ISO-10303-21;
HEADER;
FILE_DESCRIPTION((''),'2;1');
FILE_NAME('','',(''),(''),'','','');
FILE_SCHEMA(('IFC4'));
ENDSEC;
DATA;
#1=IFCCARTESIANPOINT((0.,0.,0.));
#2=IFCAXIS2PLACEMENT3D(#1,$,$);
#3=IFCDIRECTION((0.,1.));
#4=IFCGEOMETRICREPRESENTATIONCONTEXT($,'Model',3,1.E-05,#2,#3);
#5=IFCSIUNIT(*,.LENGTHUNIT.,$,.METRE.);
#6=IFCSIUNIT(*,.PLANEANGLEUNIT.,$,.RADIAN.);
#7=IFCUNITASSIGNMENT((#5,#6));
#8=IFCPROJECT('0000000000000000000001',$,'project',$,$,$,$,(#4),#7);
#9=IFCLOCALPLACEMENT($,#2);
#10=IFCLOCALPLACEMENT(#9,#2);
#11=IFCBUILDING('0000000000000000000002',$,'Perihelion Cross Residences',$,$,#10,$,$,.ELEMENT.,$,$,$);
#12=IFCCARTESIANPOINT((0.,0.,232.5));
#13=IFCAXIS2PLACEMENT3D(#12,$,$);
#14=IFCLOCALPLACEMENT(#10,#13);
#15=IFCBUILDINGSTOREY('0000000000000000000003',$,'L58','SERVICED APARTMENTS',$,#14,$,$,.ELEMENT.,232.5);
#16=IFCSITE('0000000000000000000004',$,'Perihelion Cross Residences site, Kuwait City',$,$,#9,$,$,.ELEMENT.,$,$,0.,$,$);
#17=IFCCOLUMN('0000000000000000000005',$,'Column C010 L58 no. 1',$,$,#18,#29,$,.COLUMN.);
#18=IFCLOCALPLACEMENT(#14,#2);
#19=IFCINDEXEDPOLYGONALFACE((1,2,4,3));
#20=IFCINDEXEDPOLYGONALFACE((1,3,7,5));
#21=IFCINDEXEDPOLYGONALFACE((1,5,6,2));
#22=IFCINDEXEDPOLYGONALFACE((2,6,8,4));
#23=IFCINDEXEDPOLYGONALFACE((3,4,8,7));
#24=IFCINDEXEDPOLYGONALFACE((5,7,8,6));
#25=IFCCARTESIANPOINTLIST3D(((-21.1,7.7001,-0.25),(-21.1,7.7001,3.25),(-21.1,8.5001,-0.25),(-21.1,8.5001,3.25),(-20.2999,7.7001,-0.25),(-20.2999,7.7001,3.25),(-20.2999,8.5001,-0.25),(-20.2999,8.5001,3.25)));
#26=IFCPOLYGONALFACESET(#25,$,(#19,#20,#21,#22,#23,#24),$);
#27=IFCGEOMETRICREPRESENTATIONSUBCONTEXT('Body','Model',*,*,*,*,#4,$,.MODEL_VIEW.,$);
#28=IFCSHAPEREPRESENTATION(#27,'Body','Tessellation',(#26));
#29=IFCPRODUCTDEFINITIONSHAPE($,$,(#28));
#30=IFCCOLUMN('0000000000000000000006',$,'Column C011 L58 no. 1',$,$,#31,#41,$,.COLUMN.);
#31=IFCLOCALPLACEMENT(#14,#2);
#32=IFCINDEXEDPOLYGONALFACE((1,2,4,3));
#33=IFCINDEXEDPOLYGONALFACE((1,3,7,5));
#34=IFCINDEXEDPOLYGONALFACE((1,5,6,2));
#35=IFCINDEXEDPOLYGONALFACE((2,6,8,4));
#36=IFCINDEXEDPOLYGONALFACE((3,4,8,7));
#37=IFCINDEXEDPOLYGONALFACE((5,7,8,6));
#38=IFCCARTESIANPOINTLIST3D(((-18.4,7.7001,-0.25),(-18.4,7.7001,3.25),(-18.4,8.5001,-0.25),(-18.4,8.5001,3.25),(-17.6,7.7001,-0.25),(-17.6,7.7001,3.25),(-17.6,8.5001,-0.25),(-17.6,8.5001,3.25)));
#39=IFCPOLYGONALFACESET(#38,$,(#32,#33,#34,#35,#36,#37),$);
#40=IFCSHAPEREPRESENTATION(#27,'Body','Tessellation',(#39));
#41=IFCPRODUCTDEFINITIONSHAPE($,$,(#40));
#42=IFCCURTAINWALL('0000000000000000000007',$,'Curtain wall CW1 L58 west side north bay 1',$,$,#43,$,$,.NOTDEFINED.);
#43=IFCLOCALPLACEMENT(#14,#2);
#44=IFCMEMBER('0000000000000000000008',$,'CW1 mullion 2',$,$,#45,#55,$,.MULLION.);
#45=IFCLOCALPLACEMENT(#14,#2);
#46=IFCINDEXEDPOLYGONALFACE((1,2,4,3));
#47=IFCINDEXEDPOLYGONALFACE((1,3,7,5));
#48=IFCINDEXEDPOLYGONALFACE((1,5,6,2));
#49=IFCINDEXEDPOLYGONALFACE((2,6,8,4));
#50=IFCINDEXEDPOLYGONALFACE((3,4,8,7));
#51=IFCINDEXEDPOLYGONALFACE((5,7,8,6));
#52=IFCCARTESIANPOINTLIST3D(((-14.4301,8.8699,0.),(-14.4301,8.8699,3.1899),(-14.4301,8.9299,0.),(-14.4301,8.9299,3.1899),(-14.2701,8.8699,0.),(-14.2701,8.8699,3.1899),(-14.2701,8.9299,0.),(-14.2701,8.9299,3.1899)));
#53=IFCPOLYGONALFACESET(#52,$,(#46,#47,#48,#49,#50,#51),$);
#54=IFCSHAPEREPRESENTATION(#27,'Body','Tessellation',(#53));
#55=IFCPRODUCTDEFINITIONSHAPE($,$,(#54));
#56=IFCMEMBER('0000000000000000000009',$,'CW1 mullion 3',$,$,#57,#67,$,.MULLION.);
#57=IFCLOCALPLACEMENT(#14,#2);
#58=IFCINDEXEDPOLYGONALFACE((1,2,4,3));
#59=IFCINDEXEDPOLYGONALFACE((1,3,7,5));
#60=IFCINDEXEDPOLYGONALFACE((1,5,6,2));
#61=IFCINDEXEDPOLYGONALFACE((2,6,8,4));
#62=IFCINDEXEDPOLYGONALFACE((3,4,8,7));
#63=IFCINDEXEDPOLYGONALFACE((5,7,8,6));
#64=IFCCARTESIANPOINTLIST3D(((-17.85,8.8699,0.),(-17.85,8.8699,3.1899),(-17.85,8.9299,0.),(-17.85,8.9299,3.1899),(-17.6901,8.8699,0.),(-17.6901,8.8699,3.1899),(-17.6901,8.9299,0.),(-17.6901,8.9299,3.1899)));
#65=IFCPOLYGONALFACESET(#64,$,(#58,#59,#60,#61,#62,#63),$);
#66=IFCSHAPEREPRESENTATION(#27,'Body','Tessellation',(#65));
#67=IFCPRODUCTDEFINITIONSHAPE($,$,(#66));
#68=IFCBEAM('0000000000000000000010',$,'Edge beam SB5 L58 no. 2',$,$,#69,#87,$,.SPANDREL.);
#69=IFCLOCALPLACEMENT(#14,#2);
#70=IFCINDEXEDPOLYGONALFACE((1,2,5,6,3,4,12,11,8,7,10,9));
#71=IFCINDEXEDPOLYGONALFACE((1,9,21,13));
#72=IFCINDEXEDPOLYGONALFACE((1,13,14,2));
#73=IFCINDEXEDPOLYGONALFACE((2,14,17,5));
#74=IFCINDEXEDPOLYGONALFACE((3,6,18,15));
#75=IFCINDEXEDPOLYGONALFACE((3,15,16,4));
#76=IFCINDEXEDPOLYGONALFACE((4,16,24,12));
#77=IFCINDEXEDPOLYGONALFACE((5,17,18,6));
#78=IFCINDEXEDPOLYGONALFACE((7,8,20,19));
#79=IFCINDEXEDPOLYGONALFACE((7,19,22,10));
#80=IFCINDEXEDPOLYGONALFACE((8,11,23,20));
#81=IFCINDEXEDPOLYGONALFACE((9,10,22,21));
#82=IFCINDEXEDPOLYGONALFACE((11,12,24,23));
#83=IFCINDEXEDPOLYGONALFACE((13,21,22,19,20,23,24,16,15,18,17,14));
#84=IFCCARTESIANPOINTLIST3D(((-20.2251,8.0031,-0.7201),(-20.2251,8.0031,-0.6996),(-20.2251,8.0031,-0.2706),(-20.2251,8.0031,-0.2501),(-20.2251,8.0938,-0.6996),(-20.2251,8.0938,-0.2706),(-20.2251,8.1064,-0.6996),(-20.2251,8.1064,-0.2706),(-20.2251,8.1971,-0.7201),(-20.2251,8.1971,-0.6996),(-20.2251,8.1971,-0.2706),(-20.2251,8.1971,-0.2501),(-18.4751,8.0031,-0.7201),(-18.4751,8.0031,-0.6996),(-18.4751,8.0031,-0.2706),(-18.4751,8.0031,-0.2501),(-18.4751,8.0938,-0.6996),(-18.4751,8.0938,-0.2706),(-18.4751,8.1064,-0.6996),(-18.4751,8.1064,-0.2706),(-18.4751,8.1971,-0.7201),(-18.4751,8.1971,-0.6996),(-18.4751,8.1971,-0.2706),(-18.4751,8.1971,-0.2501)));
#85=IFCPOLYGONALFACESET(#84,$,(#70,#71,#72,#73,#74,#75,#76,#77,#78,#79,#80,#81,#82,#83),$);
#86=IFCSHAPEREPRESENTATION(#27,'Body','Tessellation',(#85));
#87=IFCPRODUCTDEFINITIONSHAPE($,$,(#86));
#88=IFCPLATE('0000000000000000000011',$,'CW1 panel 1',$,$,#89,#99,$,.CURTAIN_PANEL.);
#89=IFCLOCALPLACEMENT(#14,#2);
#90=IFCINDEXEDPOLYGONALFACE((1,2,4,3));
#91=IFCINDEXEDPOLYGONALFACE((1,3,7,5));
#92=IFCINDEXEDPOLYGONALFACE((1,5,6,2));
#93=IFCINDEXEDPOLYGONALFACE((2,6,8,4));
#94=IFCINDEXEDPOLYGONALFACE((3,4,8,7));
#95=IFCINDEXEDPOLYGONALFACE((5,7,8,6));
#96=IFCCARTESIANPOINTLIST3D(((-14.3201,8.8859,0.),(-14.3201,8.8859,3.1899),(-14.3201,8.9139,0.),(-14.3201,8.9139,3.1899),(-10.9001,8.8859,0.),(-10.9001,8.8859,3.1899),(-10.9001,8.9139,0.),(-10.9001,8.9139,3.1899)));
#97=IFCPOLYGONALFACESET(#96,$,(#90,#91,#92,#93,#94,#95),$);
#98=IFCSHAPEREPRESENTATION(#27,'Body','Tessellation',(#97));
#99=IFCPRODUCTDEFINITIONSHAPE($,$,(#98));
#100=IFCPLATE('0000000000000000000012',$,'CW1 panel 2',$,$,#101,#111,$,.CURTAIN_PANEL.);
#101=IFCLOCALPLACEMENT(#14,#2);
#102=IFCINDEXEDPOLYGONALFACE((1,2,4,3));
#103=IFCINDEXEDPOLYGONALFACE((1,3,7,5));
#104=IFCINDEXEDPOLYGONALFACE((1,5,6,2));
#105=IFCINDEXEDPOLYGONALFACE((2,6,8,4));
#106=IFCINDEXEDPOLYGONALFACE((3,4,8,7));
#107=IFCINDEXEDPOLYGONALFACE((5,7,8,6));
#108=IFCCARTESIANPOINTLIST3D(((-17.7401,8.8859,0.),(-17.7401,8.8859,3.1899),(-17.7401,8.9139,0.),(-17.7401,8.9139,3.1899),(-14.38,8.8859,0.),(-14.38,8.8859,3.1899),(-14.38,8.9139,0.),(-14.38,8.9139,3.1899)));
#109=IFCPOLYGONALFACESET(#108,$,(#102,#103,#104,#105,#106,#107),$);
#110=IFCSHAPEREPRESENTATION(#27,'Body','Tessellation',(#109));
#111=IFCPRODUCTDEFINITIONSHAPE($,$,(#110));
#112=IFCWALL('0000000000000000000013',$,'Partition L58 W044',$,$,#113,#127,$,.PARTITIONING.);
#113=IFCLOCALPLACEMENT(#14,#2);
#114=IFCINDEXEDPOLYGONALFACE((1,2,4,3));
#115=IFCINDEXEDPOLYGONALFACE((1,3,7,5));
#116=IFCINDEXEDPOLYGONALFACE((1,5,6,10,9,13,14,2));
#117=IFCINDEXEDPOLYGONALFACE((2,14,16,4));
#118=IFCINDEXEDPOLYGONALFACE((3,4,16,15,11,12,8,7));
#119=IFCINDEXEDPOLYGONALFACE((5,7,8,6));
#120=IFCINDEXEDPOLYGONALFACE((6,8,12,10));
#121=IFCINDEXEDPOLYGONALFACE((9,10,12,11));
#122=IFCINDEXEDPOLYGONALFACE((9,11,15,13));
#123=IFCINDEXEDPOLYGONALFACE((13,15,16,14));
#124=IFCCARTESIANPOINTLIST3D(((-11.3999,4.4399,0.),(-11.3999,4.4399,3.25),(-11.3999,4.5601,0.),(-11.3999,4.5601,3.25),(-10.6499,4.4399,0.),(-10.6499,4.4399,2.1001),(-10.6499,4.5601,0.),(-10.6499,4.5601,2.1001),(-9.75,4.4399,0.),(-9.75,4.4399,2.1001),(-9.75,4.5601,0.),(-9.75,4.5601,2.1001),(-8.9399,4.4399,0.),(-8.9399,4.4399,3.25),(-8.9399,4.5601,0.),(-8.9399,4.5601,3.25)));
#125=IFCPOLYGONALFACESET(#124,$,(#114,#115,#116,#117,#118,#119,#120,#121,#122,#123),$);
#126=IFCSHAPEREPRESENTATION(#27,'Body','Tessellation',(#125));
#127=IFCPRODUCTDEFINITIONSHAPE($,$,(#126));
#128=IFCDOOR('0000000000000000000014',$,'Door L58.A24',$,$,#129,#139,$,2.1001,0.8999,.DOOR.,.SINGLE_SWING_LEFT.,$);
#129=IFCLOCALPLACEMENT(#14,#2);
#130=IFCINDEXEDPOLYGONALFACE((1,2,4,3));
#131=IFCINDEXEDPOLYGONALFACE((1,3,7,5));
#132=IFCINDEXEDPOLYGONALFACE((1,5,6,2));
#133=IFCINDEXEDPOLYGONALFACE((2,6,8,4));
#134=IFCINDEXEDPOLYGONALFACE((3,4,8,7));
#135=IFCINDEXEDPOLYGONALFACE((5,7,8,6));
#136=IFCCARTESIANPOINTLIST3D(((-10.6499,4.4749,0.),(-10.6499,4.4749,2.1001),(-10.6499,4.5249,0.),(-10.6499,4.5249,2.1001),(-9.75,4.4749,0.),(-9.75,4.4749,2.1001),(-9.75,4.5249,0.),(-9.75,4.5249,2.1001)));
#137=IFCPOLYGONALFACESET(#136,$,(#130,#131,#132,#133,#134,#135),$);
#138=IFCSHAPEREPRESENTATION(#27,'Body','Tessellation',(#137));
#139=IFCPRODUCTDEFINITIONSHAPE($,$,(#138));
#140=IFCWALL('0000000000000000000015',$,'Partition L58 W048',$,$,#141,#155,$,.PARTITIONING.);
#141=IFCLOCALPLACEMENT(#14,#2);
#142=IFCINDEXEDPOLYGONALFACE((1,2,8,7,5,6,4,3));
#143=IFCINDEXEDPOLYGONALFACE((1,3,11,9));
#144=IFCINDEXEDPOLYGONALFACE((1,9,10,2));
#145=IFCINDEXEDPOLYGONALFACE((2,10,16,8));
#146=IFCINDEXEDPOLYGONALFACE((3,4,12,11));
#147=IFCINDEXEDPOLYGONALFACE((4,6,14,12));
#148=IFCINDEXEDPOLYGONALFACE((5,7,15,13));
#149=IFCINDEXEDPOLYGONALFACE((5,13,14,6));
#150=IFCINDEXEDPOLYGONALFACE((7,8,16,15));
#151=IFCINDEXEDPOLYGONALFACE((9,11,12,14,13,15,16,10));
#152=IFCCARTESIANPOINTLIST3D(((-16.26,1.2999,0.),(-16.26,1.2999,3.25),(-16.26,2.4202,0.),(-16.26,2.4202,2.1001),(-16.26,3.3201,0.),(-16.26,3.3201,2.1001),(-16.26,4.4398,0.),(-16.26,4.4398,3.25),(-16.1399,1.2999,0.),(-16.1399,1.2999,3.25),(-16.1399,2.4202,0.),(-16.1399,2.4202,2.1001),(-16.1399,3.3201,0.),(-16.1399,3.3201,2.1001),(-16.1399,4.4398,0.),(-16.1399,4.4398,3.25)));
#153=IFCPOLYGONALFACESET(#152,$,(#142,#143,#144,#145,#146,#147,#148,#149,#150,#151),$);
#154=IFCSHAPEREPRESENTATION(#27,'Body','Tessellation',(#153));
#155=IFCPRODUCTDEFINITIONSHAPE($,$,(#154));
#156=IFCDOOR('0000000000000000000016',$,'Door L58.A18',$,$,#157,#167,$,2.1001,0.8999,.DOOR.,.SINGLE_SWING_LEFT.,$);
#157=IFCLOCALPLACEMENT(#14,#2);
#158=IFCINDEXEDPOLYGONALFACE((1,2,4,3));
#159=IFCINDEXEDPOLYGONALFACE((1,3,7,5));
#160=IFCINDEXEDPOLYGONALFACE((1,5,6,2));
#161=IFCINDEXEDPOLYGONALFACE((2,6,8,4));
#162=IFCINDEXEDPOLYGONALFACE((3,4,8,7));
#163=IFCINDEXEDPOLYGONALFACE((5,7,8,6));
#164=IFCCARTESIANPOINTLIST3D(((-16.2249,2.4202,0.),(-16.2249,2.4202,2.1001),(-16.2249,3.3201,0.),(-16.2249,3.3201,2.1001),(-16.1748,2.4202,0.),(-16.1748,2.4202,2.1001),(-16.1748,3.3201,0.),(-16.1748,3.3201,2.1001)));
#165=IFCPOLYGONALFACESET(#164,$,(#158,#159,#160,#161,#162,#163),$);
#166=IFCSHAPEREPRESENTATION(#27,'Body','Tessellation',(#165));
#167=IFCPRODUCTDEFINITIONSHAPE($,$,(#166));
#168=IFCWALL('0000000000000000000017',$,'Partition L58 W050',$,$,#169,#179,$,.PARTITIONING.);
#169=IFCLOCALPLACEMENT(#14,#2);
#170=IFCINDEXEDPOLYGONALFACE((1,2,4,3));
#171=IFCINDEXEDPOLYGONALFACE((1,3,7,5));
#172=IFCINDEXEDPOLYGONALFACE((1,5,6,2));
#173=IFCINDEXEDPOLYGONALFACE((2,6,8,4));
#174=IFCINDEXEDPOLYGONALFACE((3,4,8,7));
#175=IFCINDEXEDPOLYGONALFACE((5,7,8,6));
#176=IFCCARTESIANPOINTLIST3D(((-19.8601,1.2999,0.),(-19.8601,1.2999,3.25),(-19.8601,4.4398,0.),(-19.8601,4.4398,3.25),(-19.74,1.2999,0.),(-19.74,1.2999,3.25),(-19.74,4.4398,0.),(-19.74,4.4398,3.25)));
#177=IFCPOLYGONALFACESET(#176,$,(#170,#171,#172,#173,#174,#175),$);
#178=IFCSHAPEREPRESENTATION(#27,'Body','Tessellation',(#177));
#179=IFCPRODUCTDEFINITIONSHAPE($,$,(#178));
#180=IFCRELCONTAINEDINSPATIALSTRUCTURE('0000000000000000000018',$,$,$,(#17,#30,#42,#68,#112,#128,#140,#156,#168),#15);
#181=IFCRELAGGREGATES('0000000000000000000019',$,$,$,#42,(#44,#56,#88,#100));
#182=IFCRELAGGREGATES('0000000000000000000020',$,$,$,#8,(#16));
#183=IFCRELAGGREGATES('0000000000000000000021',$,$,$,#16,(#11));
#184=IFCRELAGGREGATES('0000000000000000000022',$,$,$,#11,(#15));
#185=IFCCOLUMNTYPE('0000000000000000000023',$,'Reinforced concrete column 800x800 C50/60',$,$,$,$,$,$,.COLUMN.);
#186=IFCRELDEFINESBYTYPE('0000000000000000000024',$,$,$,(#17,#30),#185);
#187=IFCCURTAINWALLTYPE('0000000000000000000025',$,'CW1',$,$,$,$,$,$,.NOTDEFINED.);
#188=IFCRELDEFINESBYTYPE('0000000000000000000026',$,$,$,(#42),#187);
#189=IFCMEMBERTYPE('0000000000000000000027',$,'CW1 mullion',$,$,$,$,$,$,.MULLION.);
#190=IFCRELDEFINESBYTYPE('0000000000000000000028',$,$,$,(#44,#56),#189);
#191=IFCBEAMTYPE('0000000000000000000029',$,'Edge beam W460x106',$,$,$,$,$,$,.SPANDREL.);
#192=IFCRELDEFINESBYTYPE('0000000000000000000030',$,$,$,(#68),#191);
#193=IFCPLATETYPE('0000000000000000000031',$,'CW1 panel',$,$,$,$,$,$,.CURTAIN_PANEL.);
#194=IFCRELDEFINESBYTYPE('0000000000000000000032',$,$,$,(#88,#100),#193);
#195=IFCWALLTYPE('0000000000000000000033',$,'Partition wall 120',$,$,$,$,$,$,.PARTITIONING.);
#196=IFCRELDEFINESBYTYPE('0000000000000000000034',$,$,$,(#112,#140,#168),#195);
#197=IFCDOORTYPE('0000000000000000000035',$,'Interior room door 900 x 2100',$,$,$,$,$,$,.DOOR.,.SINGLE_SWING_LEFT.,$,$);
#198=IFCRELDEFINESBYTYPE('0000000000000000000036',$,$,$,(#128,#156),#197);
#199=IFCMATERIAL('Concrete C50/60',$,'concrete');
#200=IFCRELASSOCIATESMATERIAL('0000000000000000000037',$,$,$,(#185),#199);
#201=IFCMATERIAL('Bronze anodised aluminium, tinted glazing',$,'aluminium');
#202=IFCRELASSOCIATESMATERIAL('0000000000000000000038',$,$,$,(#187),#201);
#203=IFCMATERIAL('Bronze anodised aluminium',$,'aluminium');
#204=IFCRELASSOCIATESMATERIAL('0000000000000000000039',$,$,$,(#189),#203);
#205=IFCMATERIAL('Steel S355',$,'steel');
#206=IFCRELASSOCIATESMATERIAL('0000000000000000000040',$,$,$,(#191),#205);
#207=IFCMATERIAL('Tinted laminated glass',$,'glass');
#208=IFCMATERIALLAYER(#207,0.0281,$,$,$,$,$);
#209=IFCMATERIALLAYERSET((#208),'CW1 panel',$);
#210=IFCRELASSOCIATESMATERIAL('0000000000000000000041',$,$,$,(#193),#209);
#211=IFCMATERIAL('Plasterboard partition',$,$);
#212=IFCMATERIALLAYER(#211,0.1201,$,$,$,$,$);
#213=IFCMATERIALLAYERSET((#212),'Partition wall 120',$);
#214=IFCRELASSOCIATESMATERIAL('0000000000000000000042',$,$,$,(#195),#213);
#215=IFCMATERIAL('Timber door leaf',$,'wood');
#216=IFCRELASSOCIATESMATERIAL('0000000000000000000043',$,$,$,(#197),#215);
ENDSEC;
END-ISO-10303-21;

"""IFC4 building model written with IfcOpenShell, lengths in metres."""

from ifc_helpers import new_model, si_unit, direction, frame, frame_2d, origin, origin_2d, place, context, subcontext, project, spatial, rectangle, i_section, extrude, material, layer, layer_set, material_profile, profile_set, type_object, element, fill, aggregate, save


model = new_model("IFC4")

# Units and contexts
model_context = context("Model", 3, precision=1e-05, world=origin(), true_north=direction((0.0, 1.0)))
body_context = subcontext(model_context, "Body", "Model", "MODEL_VIEW")
ifc_project = project(units=[si_unit("LENGTHUNIT", "METRE"), si_unit("PLANEANGLEUNIT", "RADIAN")], contexts=[model_context])

# Site, building, storey
site_placement = place(None, origin())
site = spatial("IfcSite", under=ifc_project, at=site_placement, Name="Perihelion Cross Residences site, Kuwait City", CompositionType="ELEMENT", RefElevation=0.0)
building_placement = place(site_placement, origin())
building = spatial("IfcBuilding", under=site, at=building_placement, Name="Perihelion Cross Residences", CompositionType="ELEMENT")
storey_placement = place(building_placement, frame((0.0, 0.0, 232.5)))
storey = spatial("IfcBuildingStorey", under=building, at=storey_placement, Name="L58", Description="SERVICED APARTMENTS", CompositionType="ELEMENT", Elevation=232.5)

# Columns
ifc_material_1 = material(Name="Concrete C50/60", Category="concrete")
ifc_material_profile_1 = material_profile(ifc_material_1, rectangle(XDim=0.8, YDim=0.8, at=origin_2d()), Name="RC 800x800")
ifc_profile_set_1 = profile_set([ifc_material_profile_1], Name="Concrete C50/60")
column_type = type_object("IfcColumnType", Name="Reinforced concrete column 800x800 C50/60", PredefinedType="COLUMN", material=ifc_profile_set_1)
for number, where, z_axis, x_axis, name in (
    (1, (-20.7, 8.1001, -0.25), (0.0, 0.0, 1.0), (1.0, 0.0, 0.0), "Column C010 L58 no. 1"),
    (2, (-18.0, 8.1001, -0.25), (0.0, 0.0, 1.0), (1.0, 0.0, 0.0), "Column C011 L58 no. 1"),
):
    element("IfcColumn", number, at=place(storey_placement, frame(where, z_axis=z_axis, x_axis=x_axis)), inside=storey, type_object=column_type, Name=name, PredefinedType="COLUMN", context=body_context, shape_type="SweptSolid", body=[
        extrude(rectangle(XDim=0.8, YDim=0.8, at=origin_2d()), origin(), (0.0, 0.0, 1.0), 3.5),
    ])

# Curtain wall, members
ifc_material_2 = material(Name="Bronze anodised aluminium, tinted glazing", Category="aluminium")
curtain_wall_type = type_object("IfcCurtainWallType", Name="CW1", PredefinedType="NOTDEFINED", material=ifc_material_2)
curtain_wall_placement = place(storey_placement, origin())
curtain_wall = element("IfcCurtainWall", 3, at=curtain_wall_placement, inside=storey, type_object=curtain_wall_type, Name="Curtain wall CW1 L58 west side north bay 1", PredefinedType="NOTDEFINED")
ifc_material_3 = material(Name="Bronze anodised aluminium", Category="aluminium")
ifc_material_profile_2 = material_profile(ifc_material_3, rectangle(XDim=0.0601, YDim=0.1599, at=origin_2d()), Name="CW1 mullion")
ifc_profile_set_2 = profile_set([ifc_material_profile_2], Name="Bronze anodised aluminium")
member_type = type_object("IfcMemberType", Name="CW1 mullion", PredefinedType="MULLION", material=ifc_profile_set_2)
member_1_placement = place(storey_placement, frame((-14.3501, 8.8999, 0.0), z_axis=(0.0, 0.0, 1.0), x_axis=(0.0, -1.0, 0.0)))
member_1 = element("IfcMember", 4, at=member_1_placement, type_object=member_type, Name="CW1 mullion 2", PredefinedType="MULLION", context=body_context, shape_type="SweptSolid", body=[
    extrude(rectangle(XDim=0.0601, YDim=0.1599, at=origin_2d()), origin(), (0.0, 0.0, 1.0), 3.1899),
])
member_2_placement = place(storey_placement, frame((-17.77, 8.8999, 0.0), z_axis=(0.0, 0.0, 1.0), x_axis=(0.0, -1.0, 0.0)))
member_2 = element("IfcMember", 5, at=member_2_placement, type_object=member_type, Name="CW1 mullion 3", PredefinedType="MULLION", context=body_context, shape_type="SweptSolid", body=[
    extrude(rectangle(XDim=0.0601, YDim=0.1599, at=origin_2d()), origin(), (0.0, 0.0, 1.0), 3.1899),
])

# Beam
ifc_material_4 = material(Name="Steel S355", Category="steel")
ifc_material_profile_3 = material_profile(ifc_material_4, i_section(OverallWidth=0.1941, OverallDepth=0.47, WebThickness=0.0127, FlangeThickness=0.0205, at=origin_2d()), Name="W460x106")
ifc_profile_set_3 = profile_set([ifc_material_profile_3], Name="Steel S355")
beam_type = type_object("IfcBeamType", Name="Edge beam W460x106", PredefinedType="SPANDREL", material=ifc_profile_set_3)
beam_placement = place(storey_placement, frame((-18.4751, 8.1001, -0.4851), z_axis=(-1.0, 0.0, 0.0), x_axis=(0.0, -1.0, 0.0)))
element("IfcBeam", 6, at=beam_placement, inside=storey, type_object=beam_type, Name="Edge beam SB5 L58 no. 2", PredefinedType="SPANDREL", context=body_context, shape_type="SweptSolid", body=[
    extrude(i_section(OverallWidth=0.1941, OverallDepth=0.47, WebThickness=0.0127, FlangeThickness=0.0205, at=origin_2d()), origin(), (0.0, 0.0, 1.0), 1.75),
])

# Plates
ifc_material_5 = material(Name="Tinted laminated glass", Category="glass")
ifc_layer_1 = layer(ifc_material_5, 0.0281)
ifc_layer_set_1 = layer_set([ifc_layer_1], Name="CW1 panel")
plate_type = type_object("IfcPlateType", Name="CW1 panel", PredefinedType="CURTAIN_PANEL", material=ifc_layer_set_1)
plate_1_placement = place(storey_placement, frame((-12.6101, 8.8999, 0.0), z_axis=(0.0, 0.0, 1.0), x_axis=(-1.0, 0.0, 0.0)))
plate_1 = element("IfcPlate", 7, at=plate_1_placement, type_object=plate_type, Name="CW1 panel 1", PredefinedType="CURTAIN_PANEL", context=body_context, shape_type="SweptSolid", body=[
    extrude(rectangle(XDim=3.4199, YDim=0.0281, at=origin_2d()), origin(), (0.0, 0.0, 1.0), 3.1899),
])
plate_2_placement = place(storey_placement, frame((-16.0601, 8.8999, 0.0), z_axis=(0.0, 0.0, 1.0), x_axis=(-1.0, 0.0, 0.0)))
plate_2 = element("IfcPlate", 8, at=plate_2_placement, type_object=plate_type, Name="CW1 panel 2", PredefinedType="CURTAIN_PANEL", context=body_context, shape_type="SweptSolid", body=[
    extrude(rectangle(XDim=3.3601, YDim=0.0281, at=origin_2d()), origin(), (0.0, 0.0, 1.0), 3.1899),
])
aggregate(curtain_wall, [member_1, member_2, plate_1, plate_2])

# Walls, openings, doors
ifc_material_6 = material(Name="Plasterboard partition")
ifc_layer_2 = layer(ifc_material_6, 0.1201)
ifc_layer_set_2 = layer_set([ifc_layer_2], Name="Partition wall 120")
wall_type_1 = type_object("IfcWallType", Name="Partition wall 120", PredefinedType="PARTITIONING", material=ifc_layer_set_2)
wall_1_placement = place(storey_placement, frame((-11.3999, 4.5, 0.0), z_axis=(0.0, 0.0, 1.0), x_axis=(1.0, 0.0, 0.0)))
wall_1 = element("IfcWall", 9, at=wall_1_placement, inside=storey, type_object=wall_type_1, Name="Partition L58 W044", PredefinedType="PARTITIONING", context=body_context, shape_type="SweptSolid", body=[
    extrude(rectangle(XDim=2.46, YDim=0.1201, at=frame_2d((1.23, 0.0))), origin(), (0.0, 0.0, 1.0), 3.25),
])
opening_1_placement = place(wall_1_placement, frame((0.75, 0.0, 0.0)))
opening_1 = element("IfcOpeningElement", 10, at=opening_1_placement, cuts=wall_1, PredefinedType="OPENING", context=body_context, shape_type="SweptSolid", body=[
    extrude(rectangle(XDim=0.8999, YDim=2.1001, at=frame_2d((0.45, 1.05))), frame((0.0, 0.0701, 0.0), z_axis=(0.0, -1.0, 0.0), x_axis=(1.0, 0.0, 0.0)), (0.0, 0.0, 1.0), 0.1401),
])
ifc_material_7 = material(Name="Timber door leaf", Category="wood")
door_type_1 = type_object("IfcDoorType", Name="Interior room door 900 x 2100", OperationType="SINGLE_SWING_LEFT", PredefinedType="DOOR", material=ifc_material_7)
door_1_placement = place(opening_1_placement, origin())
door_1 = element("IfcDoor", 11, at=door_1_placement, inside=storey, type_object=door_type_1, Name="Door L58.A24", OperationType="SINGLE_SWING_LEFT", OverallHeight=2.1001, OverallWidth=0.8999, PredefinedType="DOOR", context=body_context, shape_type="SweptSolid", body=[
    extrude(rectangle(XDim=0.8999, YDim=2.1001, at=frame_2d((0.45, 1.05))), frame((0.0, 0.0249, 0.0), z_axis=(0.0, -1.0, 0.0), x_axis=(1.0, 0.0, 0.0)), (0.0, 0.0, 1.0), 0.05),
])
fill(opening_1, door_1)
wall_2_placement = place(storey_placement, frame((-16.2, 1.3, 0.0), z_axis=(0.0, 0.0, 1.0), x_axis=(0.0, 1.0, 0.0)))
wall_2 = element("IfcWall", 12, at=wall_2_placement, inside=storey, type_object=wall_type_1, Name="Partition L58 W048", PredefinedType="PARTITIONING", context=body_context, shape_type="SweptSolid", body=[
    extrude(rectangle(XDim=3.1399, YDim=0.1201, at=frame_2d((1.5698, 0.0))), origin(), (0.0, 0.0, 1.0), 3.25),
])
opening_2_placement = place(wall_2_placement, frame((1.1201, 0.0, 0.0)))
opening_2 = element("IfcOpeningElement", 13, at=opening_2_placement, cuts=wall_2, PredefinedType="OPENING", context=body_context, shape_type="SweptSolid", body=[
    extrude(rectangle(XDim=0.8999, YDim=2.1001, at=frame_2d((0.45, 1.05))), frame((0.0, 0.0701, 0.0), z_axis=(0.0, -1.0, 0.0), x_axis=(1.0, 0.0, 0.0)), (0.0, 0.0, 1.0), 0.1401),
])
door_2_placement = place(opening_2_placement, origin())
door_2 = element("IfcDoor", 14, at=door_2_placement, inside=storey, type_object=door_type_1, Name="Door L58.A18", OperationType="SINGLE_SWING_LEFT", OverallHeight=2.1001, OverallWidth=0.8999, PredefinedType="DOOR", context=body_context, shape_type="SweptSolid", body=[
    extrude(rectangle(XDim=0.8999, YDim=2.1001, at=frame_2d((0.45, 1.05))), frame((0.0, 0.0249, 0.0), z_axis=(0.0, -1.0, 0.0), x_axis=(1.0, 0.0, 0.0)), (0.0, 0.0, 1.0), 0.05),
])
fill(opening_2, door_2)

# Wall
wall_3_placement = place(storey_placement, frame((-19.8, 1.3, 0.0), z_axis=(0.0, 0.0, 1.0), x_axis=(0.0, 1.0, 0.0)))
element("IfcWall", 15, at=wall_3_placement, inside=storey, type_object=wall_type_1, Name="Partition L58 W050", PredefinedType="PARTITIONING", context=body_context, shape_type="SweptSolid", body=[
    extrude(rectangle(XDim=3.1399, YDim=0.1201, at=frame_2d((1.5698, 0.0))), origin(), (0.0, 0.0, 1.0), 3.25),
])

save(model, "model.ifc")
